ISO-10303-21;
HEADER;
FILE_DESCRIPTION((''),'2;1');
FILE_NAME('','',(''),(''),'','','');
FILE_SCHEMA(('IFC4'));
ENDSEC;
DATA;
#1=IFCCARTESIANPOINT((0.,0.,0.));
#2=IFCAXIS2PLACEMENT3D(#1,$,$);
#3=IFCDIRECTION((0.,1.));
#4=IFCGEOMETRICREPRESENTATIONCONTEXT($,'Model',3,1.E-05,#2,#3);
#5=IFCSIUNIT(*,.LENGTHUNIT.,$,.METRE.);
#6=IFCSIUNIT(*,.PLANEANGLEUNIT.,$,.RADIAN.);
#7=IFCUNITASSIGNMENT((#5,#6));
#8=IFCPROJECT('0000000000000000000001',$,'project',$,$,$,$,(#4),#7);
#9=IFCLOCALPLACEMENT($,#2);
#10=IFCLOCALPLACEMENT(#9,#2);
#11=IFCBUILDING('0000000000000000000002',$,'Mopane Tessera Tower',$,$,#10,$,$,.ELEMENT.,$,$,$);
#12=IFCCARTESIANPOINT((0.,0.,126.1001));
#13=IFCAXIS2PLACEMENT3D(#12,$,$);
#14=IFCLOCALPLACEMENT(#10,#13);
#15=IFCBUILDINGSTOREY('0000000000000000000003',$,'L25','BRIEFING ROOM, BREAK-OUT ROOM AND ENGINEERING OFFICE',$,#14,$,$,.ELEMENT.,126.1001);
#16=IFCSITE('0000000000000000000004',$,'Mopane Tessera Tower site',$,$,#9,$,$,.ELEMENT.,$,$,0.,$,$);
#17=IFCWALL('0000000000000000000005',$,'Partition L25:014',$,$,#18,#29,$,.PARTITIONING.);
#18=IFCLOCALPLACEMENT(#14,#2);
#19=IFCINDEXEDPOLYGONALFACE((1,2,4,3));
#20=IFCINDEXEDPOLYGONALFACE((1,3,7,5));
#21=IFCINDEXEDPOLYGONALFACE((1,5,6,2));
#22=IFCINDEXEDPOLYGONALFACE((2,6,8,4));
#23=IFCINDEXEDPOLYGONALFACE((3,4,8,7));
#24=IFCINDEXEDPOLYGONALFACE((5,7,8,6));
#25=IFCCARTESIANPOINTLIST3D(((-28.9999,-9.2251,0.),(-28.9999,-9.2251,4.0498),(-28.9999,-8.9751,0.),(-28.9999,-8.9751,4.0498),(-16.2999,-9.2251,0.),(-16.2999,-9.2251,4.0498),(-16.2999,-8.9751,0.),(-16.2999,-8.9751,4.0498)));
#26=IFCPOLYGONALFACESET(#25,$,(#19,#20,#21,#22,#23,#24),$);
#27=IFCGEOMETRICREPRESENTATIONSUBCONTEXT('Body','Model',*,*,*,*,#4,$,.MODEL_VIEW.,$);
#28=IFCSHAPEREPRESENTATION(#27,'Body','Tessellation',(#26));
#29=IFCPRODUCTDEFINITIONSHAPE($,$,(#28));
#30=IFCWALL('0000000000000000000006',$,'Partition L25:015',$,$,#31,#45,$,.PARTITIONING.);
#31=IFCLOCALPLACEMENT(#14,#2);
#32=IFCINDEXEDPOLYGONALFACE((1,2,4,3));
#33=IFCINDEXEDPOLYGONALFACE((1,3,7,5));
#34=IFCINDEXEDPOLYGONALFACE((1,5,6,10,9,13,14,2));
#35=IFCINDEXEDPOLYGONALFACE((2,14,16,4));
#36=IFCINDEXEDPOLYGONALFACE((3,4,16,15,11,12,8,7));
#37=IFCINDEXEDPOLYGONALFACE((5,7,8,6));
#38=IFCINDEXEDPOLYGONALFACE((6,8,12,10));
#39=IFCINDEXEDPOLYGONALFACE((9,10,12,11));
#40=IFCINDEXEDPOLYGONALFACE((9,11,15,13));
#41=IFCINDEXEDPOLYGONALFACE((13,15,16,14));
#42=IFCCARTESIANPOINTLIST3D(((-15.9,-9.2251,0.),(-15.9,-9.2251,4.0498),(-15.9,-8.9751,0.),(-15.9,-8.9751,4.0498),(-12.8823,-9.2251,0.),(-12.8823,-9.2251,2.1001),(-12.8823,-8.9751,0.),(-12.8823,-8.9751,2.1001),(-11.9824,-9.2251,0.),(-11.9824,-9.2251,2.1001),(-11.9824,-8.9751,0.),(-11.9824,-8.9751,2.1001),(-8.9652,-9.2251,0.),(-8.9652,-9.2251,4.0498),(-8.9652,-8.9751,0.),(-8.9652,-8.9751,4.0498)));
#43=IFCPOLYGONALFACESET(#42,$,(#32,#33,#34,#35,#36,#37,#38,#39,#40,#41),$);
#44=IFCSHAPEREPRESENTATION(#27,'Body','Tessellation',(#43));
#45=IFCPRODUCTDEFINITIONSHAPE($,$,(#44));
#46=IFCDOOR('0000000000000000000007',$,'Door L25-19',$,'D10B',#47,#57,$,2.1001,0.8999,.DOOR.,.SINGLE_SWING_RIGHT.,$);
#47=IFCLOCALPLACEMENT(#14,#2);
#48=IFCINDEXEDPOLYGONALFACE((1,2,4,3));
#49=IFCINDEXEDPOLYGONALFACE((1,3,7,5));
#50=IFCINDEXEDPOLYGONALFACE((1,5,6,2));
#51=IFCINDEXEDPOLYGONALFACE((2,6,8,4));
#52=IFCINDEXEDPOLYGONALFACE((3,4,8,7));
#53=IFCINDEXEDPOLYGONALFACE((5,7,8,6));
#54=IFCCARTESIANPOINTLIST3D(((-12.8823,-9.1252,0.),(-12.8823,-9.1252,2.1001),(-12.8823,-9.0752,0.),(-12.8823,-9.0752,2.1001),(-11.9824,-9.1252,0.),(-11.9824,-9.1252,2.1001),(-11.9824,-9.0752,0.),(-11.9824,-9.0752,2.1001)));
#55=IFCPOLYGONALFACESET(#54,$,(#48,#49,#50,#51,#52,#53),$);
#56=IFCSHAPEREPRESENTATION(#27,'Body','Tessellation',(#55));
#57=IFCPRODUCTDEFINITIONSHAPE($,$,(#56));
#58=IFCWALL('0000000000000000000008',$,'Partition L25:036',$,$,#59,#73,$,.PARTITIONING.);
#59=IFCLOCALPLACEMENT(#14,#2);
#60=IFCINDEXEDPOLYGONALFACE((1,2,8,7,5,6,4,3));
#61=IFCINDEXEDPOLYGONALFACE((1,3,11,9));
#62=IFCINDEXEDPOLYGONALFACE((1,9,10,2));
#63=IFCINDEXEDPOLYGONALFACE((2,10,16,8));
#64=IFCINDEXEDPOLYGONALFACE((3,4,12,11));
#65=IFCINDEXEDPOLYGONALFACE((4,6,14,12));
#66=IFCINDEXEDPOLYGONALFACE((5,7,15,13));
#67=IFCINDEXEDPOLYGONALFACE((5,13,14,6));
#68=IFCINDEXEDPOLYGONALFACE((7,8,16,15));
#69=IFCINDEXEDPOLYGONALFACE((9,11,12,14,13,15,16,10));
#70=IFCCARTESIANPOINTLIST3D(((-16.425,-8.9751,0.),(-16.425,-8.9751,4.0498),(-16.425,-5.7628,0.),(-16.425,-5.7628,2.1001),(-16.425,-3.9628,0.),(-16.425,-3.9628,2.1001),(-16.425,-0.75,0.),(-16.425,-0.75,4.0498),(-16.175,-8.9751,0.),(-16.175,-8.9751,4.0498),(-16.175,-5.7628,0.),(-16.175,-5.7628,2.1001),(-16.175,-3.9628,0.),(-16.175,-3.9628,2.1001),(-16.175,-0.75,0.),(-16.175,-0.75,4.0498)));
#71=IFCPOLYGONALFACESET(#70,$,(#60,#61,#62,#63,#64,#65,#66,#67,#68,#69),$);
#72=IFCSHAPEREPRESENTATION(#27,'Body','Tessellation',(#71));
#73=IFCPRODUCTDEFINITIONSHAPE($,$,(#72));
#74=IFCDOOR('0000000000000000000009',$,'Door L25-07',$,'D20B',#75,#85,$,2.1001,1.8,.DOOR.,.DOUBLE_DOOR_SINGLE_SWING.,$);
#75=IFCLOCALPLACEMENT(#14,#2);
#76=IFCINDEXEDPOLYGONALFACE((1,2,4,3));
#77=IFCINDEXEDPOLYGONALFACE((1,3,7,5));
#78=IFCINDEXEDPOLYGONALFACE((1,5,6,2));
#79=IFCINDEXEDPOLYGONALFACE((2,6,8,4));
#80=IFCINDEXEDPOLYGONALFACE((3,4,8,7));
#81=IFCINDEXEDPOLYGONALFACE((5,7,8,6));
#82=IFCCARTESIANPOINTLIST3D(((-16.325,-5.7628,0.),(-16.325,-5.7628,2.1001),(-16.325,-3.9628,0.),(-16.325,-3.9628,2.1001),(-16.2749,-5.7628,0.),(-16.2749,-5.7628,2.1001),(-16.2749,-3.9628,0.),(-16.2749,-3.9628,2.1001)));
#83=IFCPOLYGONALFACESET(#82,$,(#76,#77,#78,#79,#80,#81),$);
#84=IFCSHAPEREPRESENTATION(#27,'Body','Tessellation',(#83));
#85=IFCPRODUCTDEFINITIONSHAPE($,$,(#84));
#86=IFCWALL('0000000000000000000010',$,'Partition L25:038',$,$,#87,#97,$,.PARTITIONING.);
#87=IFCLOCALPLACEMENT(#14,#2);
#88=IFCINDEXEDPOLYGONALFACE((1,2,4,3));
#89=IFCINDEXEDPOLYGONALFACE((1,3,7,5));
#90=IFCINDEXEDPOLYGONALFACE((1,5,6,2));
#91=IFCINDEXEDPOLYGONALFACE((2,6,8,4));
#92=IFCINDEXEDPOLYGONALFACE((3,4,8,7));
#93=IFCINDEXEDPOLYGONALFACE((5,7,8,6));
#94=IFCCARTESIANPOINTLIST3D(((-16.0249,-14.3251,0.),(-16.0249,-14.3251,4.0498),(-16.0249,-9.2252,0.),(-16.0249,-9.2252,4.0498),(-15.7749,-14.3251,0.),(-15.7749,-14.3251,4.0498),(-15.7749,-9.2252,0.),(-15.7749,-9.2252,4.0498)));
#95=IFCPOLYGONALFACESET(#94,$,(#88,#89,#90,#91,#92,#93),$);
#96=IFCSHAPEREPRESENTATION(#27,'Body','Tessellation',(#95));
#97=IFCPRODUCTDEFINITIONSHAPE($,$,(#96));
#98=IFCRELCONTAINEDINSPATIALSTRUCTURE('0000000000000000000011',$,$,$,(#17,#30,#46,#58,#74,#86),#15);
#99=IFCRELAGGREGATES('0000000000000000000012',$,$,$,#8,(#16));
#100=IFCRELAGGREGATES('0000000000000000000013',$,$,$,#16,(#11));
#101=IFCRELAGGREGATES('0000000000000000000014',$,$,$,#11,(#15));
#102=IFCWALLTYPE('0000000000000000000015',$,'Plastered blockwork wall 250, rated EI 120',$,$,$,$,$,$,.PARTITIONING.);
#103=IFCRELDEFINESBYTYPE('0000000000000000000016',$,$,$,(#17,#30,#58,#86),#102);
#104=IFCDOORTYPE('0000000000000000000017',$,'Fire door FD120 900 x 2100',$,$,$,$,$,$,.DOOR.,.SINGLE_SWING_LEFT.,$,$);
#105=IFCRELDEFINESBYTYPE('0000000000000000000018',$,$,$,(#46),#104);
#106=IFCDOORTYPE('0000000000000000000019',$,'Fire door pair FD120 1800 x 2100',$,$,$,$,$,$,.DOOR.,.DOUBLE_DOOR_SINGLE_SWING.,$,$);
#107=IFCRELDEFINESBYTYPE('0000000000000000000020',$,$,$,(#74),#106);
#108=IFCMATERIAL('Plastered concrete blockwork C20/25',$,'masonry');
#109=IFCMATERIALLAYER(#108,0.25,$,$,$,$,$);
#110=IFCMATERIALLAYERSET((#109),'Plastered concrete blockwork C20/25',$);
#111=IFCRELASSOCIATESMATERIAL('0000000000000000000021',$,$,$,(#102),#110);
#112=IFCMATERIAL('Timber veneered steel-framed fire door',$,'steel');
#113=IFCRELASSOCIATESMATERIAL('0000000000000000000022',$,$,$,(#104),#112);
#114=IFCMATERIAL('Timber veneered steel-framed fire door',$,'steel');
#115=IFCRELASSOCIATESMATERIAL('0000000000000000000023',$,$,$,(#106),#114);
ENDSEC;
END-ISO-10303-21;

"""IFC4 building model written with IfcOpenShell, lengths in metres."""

from ifc_helpers import new_model, si_unit, direction, frame, frame_2d, origin, place, context, subcontext, project, spatial, rectangle, extrude, material, layer, layer_set, type_object, element, fill, save


model = new_model("IFC4")

# Units and contexts
model_context = context("Model", 3, precision=1e-05, world=origin(), true_north=direction((0.0, 1.0)))
body_context = subcontext(model_context, "Body", "Model", "MODEL_VIEW")
ifc_project = project(units=[si_unit("LENGTHUNIT", "METRE"), si_unit("PLANEANGLEUNIT", "RADIAN")], contexts=[model_context])

# Site, building, storey
site_placement = place(None, origin())
site = spatial("IfcSite", under=ifc_project, at=site_placement, Name="Mopane Tessera Tower site", CompositionType="ELEMENT", RefElevation=0.0)
building_placement = place(site_placement, origin())
building = spatial("IfcBuilding", under=site, at=building_placement, Name="Mopane Tessera Tower", CompositionType="ELEMENT")
storey_placement = place(building_placement, frame((0.0, 0.0, 126.1001)))
storey = spatial("IfcBuildingStorey", under=building, at=storey_placement, Name="L25", Description="BRIEFING ROOM, BREAK-OUT ROOM AND ENGINEERING OFFICE", CompositionType="ELEMENT", Elevation=126.1001)

# Wall
ifc_material_1 = material(Name="Plastered concrete blockwork C20/25", Category="masonry")
ifc_layer_1 = layer(ifc_material_1, 0.25)
ifc_layer_set_1 = layer_set([ifc_layer_1], Name="Plastered concrete blockwork C20/25")
wall_type_1 = type_object("IfcWallType", Name="Plastered blockwork wall 250, rated EI 120", PredefinedType="PARTITIONING", material=ifc_layer_set_1)
wall_1_placement = place(storey_placement, frame((-29.0, -9.1001, 0.0), z_axis=(0.0, 0.0, 1.0), x_axis=(1.0, 0.0, 0.0)))
element("IfcWall", 1, at=wall_1_placement, inside=storey, type_object=wall_type_1, Name="Partition L25:014", PredefinedType="PARTITIONING", context=body_context, shape_type="SweptSolid", body=[
    extrude(rectangle(XDim=12.7, YDim=0.25, at=frame_2d((6.3501, 0.0))), origin(), (0.0, 0.0, 1.0), 4.0498),
])

# Walls, openings, doors
wall_2_placement = place(storey_placement, frame((-15.8999, -9.1001, 0.0), z_axis=(0.0, 0.0, 1.0), x_axis=(1.0, 0.0, 0.0)))
wall_2 = element("IfcWall", 2, at=wall_2_placement, inside=storey, type_object=wall_type_1, Name="Partition L25:015", PredefinedType="PARTITIONING", context=body_context, shape_type="SweptSolid", body=[
    extrude(rectangle(XDim=6.9348, YDim=0.25, at=frame_2d((3.4673, 0.0))), origin(), (0.0, 0.0, 1.0), 4.0498),
])
opening_1_placement = place(wall_2_placement, frame((3.0176, 0.0, 0.0)))
opening_1 = element("IfcOpeningElement", 3, at=opening_1_placement, cuts=wall_2, PredefinedType="OPENING", context=body_context, shape_type="SweptSolid", body=[
    extrude(rectangle(XDim=0.8999, YDim=2.1001, at=frame_2d((0.45, 1.05))), frame((0.0, 0.137, 0.0), z_axis=(0.0, -1.0, 0.0), x_axis=(1.0, 0.0, 0.0)), (0.0, 0.0, 1.0), 0.2739),
])
ifc_material_2 = material(Name="Timber veneered steel-framed fire door", Category="steel")
door_type_1 = type_object("IfcDoorType", Name="Fire door FD120 900 x 2100", OperationType="SINGLE_SWING_LEFT", PredefinedType="DOOR", material=ifc_material_2)
door_1_placement = place(opening_1_placement, origin())
door_1 = element("IfcDoor", 4, at=door_1_placement, inside=storey, type_object=door_type_1, Name="Door L25-19", ObjectType="D10B", OperationType="SINGLE_SWING_RIGHT", OverallHeight=2.1001, OverallWidth=0.8999, PredefinedType="DOOR", context=body_context, shape_type="SweptSolid", body=[
    extrude(rectangle(XDim=0.8999, YDim=2.1001, at=frame_2d((0.45, 1.05))), frame((0.0, 0.0249, 0.0), z_axis=(0.0, -1.0, 0.0), x_axis=(1.0, 0.0, 0.0)), (0.0, 0.0, 1.0), 0.05),
])
fill(opening_1, door_1)
wall_3_placement = place(storey_placement, frame((-16.3, -8.9751, 0.0), z_axis=(0.0, 0.0, 1.0), x_axis=(0.0, 1.0, 0.0)))
wall_3 = element("IfcWall", 5, at=wall_3_placement, inside=storey, type_object=wall_type_1, Name="Partition L25:036", PredefinedType="PARTITIONING", context=body_context, shape_type="SweptSolid", body=[
    extrude(rectangle(XDim=8.2251, YDim=0.25, at=frame_2d((4.1125, 0.0))), origin(), (0.0, 0.0, 1.0), 4.0498),
])
opening_2_placement = place(wall_3_placement, frame((3.2124, 0.0, 0.0)))
opening_2 = element("IfcOpeningElement", 6, at=opening_2_placement, cuts=wall_3, PredefinedType="OPENING", context=body_context, shape_type="SweptSolid", body=[
    extrude(rectangle(XDim=1.8, YDim=2.1001, at=frame_2d((0.8999, 1.05))), frame((0.0, 0.137, 0.0), z_axis=(0.0, -1.0, 0.0), x_axis=(1.0, 0.0, 0.0)), (0.0, 0.0, 1.0), 0.2739),
])
ifc_material_3 = material(Name="Timber veneered steel-framed fire door", Category="steel")
door_type_2 = type_object("IfcDoorType", Name="Fire door pair FD120 1800 x 2100", OperationType="DOUBLE_DOOR_SINGLE_SWING", PredefinedType="DOOR", material=ifc_material_3)
door_2_placement = place(opening_2_placement, origin())
door_2 = element("IfcDoor", 7, at=door_2_placement, inside=storey, type_object=door_type_2, Name="Door L25-07", ObjectType="D20B", OperationType="DOUBLE_DOOR_SINGLE_SWING", OverallHeight=2.1001, OverallWidth=1.8, PredefinedType="DOOR", context=body_context, shape_type="SweptSolid", body=[
    extrude(rectangle(XDim=1.8, YDim=2.1001, at=frame_2d((0.8999, 1.05))), frame((0.0, 0.0249, 0.0), z_axis=(0.0, -1.0, 0.0), x_axis=(1.0, 0.0, 0.0)), (0.0, 0.0, 1.0), 0.05),
])
fill(opening_2, door_2)

# Wall
wall_4_placement = place(storey_placement, frame((-15.8999, -14.325, 0.0), z_axis=(0.0, 0.0, 1.0), x_axis=(0.0, 1.0, 0.0)))
element("IfcWall", 8, at=wall_4_placement, inside=storey, type_object=wall_type_1, Name="Partition L25:038", PredefinedType="PARTITIONING", context=body_context, shape_type="SweptSolid", body=[
    extrude(rectangle(XDim=5.0999, YDim=0.25, at=frame_2d((2.5498, 0.0))), origin(), (0.0, 0.0, 1.0), 4.0498),
])

save(model, "model.ifc")
